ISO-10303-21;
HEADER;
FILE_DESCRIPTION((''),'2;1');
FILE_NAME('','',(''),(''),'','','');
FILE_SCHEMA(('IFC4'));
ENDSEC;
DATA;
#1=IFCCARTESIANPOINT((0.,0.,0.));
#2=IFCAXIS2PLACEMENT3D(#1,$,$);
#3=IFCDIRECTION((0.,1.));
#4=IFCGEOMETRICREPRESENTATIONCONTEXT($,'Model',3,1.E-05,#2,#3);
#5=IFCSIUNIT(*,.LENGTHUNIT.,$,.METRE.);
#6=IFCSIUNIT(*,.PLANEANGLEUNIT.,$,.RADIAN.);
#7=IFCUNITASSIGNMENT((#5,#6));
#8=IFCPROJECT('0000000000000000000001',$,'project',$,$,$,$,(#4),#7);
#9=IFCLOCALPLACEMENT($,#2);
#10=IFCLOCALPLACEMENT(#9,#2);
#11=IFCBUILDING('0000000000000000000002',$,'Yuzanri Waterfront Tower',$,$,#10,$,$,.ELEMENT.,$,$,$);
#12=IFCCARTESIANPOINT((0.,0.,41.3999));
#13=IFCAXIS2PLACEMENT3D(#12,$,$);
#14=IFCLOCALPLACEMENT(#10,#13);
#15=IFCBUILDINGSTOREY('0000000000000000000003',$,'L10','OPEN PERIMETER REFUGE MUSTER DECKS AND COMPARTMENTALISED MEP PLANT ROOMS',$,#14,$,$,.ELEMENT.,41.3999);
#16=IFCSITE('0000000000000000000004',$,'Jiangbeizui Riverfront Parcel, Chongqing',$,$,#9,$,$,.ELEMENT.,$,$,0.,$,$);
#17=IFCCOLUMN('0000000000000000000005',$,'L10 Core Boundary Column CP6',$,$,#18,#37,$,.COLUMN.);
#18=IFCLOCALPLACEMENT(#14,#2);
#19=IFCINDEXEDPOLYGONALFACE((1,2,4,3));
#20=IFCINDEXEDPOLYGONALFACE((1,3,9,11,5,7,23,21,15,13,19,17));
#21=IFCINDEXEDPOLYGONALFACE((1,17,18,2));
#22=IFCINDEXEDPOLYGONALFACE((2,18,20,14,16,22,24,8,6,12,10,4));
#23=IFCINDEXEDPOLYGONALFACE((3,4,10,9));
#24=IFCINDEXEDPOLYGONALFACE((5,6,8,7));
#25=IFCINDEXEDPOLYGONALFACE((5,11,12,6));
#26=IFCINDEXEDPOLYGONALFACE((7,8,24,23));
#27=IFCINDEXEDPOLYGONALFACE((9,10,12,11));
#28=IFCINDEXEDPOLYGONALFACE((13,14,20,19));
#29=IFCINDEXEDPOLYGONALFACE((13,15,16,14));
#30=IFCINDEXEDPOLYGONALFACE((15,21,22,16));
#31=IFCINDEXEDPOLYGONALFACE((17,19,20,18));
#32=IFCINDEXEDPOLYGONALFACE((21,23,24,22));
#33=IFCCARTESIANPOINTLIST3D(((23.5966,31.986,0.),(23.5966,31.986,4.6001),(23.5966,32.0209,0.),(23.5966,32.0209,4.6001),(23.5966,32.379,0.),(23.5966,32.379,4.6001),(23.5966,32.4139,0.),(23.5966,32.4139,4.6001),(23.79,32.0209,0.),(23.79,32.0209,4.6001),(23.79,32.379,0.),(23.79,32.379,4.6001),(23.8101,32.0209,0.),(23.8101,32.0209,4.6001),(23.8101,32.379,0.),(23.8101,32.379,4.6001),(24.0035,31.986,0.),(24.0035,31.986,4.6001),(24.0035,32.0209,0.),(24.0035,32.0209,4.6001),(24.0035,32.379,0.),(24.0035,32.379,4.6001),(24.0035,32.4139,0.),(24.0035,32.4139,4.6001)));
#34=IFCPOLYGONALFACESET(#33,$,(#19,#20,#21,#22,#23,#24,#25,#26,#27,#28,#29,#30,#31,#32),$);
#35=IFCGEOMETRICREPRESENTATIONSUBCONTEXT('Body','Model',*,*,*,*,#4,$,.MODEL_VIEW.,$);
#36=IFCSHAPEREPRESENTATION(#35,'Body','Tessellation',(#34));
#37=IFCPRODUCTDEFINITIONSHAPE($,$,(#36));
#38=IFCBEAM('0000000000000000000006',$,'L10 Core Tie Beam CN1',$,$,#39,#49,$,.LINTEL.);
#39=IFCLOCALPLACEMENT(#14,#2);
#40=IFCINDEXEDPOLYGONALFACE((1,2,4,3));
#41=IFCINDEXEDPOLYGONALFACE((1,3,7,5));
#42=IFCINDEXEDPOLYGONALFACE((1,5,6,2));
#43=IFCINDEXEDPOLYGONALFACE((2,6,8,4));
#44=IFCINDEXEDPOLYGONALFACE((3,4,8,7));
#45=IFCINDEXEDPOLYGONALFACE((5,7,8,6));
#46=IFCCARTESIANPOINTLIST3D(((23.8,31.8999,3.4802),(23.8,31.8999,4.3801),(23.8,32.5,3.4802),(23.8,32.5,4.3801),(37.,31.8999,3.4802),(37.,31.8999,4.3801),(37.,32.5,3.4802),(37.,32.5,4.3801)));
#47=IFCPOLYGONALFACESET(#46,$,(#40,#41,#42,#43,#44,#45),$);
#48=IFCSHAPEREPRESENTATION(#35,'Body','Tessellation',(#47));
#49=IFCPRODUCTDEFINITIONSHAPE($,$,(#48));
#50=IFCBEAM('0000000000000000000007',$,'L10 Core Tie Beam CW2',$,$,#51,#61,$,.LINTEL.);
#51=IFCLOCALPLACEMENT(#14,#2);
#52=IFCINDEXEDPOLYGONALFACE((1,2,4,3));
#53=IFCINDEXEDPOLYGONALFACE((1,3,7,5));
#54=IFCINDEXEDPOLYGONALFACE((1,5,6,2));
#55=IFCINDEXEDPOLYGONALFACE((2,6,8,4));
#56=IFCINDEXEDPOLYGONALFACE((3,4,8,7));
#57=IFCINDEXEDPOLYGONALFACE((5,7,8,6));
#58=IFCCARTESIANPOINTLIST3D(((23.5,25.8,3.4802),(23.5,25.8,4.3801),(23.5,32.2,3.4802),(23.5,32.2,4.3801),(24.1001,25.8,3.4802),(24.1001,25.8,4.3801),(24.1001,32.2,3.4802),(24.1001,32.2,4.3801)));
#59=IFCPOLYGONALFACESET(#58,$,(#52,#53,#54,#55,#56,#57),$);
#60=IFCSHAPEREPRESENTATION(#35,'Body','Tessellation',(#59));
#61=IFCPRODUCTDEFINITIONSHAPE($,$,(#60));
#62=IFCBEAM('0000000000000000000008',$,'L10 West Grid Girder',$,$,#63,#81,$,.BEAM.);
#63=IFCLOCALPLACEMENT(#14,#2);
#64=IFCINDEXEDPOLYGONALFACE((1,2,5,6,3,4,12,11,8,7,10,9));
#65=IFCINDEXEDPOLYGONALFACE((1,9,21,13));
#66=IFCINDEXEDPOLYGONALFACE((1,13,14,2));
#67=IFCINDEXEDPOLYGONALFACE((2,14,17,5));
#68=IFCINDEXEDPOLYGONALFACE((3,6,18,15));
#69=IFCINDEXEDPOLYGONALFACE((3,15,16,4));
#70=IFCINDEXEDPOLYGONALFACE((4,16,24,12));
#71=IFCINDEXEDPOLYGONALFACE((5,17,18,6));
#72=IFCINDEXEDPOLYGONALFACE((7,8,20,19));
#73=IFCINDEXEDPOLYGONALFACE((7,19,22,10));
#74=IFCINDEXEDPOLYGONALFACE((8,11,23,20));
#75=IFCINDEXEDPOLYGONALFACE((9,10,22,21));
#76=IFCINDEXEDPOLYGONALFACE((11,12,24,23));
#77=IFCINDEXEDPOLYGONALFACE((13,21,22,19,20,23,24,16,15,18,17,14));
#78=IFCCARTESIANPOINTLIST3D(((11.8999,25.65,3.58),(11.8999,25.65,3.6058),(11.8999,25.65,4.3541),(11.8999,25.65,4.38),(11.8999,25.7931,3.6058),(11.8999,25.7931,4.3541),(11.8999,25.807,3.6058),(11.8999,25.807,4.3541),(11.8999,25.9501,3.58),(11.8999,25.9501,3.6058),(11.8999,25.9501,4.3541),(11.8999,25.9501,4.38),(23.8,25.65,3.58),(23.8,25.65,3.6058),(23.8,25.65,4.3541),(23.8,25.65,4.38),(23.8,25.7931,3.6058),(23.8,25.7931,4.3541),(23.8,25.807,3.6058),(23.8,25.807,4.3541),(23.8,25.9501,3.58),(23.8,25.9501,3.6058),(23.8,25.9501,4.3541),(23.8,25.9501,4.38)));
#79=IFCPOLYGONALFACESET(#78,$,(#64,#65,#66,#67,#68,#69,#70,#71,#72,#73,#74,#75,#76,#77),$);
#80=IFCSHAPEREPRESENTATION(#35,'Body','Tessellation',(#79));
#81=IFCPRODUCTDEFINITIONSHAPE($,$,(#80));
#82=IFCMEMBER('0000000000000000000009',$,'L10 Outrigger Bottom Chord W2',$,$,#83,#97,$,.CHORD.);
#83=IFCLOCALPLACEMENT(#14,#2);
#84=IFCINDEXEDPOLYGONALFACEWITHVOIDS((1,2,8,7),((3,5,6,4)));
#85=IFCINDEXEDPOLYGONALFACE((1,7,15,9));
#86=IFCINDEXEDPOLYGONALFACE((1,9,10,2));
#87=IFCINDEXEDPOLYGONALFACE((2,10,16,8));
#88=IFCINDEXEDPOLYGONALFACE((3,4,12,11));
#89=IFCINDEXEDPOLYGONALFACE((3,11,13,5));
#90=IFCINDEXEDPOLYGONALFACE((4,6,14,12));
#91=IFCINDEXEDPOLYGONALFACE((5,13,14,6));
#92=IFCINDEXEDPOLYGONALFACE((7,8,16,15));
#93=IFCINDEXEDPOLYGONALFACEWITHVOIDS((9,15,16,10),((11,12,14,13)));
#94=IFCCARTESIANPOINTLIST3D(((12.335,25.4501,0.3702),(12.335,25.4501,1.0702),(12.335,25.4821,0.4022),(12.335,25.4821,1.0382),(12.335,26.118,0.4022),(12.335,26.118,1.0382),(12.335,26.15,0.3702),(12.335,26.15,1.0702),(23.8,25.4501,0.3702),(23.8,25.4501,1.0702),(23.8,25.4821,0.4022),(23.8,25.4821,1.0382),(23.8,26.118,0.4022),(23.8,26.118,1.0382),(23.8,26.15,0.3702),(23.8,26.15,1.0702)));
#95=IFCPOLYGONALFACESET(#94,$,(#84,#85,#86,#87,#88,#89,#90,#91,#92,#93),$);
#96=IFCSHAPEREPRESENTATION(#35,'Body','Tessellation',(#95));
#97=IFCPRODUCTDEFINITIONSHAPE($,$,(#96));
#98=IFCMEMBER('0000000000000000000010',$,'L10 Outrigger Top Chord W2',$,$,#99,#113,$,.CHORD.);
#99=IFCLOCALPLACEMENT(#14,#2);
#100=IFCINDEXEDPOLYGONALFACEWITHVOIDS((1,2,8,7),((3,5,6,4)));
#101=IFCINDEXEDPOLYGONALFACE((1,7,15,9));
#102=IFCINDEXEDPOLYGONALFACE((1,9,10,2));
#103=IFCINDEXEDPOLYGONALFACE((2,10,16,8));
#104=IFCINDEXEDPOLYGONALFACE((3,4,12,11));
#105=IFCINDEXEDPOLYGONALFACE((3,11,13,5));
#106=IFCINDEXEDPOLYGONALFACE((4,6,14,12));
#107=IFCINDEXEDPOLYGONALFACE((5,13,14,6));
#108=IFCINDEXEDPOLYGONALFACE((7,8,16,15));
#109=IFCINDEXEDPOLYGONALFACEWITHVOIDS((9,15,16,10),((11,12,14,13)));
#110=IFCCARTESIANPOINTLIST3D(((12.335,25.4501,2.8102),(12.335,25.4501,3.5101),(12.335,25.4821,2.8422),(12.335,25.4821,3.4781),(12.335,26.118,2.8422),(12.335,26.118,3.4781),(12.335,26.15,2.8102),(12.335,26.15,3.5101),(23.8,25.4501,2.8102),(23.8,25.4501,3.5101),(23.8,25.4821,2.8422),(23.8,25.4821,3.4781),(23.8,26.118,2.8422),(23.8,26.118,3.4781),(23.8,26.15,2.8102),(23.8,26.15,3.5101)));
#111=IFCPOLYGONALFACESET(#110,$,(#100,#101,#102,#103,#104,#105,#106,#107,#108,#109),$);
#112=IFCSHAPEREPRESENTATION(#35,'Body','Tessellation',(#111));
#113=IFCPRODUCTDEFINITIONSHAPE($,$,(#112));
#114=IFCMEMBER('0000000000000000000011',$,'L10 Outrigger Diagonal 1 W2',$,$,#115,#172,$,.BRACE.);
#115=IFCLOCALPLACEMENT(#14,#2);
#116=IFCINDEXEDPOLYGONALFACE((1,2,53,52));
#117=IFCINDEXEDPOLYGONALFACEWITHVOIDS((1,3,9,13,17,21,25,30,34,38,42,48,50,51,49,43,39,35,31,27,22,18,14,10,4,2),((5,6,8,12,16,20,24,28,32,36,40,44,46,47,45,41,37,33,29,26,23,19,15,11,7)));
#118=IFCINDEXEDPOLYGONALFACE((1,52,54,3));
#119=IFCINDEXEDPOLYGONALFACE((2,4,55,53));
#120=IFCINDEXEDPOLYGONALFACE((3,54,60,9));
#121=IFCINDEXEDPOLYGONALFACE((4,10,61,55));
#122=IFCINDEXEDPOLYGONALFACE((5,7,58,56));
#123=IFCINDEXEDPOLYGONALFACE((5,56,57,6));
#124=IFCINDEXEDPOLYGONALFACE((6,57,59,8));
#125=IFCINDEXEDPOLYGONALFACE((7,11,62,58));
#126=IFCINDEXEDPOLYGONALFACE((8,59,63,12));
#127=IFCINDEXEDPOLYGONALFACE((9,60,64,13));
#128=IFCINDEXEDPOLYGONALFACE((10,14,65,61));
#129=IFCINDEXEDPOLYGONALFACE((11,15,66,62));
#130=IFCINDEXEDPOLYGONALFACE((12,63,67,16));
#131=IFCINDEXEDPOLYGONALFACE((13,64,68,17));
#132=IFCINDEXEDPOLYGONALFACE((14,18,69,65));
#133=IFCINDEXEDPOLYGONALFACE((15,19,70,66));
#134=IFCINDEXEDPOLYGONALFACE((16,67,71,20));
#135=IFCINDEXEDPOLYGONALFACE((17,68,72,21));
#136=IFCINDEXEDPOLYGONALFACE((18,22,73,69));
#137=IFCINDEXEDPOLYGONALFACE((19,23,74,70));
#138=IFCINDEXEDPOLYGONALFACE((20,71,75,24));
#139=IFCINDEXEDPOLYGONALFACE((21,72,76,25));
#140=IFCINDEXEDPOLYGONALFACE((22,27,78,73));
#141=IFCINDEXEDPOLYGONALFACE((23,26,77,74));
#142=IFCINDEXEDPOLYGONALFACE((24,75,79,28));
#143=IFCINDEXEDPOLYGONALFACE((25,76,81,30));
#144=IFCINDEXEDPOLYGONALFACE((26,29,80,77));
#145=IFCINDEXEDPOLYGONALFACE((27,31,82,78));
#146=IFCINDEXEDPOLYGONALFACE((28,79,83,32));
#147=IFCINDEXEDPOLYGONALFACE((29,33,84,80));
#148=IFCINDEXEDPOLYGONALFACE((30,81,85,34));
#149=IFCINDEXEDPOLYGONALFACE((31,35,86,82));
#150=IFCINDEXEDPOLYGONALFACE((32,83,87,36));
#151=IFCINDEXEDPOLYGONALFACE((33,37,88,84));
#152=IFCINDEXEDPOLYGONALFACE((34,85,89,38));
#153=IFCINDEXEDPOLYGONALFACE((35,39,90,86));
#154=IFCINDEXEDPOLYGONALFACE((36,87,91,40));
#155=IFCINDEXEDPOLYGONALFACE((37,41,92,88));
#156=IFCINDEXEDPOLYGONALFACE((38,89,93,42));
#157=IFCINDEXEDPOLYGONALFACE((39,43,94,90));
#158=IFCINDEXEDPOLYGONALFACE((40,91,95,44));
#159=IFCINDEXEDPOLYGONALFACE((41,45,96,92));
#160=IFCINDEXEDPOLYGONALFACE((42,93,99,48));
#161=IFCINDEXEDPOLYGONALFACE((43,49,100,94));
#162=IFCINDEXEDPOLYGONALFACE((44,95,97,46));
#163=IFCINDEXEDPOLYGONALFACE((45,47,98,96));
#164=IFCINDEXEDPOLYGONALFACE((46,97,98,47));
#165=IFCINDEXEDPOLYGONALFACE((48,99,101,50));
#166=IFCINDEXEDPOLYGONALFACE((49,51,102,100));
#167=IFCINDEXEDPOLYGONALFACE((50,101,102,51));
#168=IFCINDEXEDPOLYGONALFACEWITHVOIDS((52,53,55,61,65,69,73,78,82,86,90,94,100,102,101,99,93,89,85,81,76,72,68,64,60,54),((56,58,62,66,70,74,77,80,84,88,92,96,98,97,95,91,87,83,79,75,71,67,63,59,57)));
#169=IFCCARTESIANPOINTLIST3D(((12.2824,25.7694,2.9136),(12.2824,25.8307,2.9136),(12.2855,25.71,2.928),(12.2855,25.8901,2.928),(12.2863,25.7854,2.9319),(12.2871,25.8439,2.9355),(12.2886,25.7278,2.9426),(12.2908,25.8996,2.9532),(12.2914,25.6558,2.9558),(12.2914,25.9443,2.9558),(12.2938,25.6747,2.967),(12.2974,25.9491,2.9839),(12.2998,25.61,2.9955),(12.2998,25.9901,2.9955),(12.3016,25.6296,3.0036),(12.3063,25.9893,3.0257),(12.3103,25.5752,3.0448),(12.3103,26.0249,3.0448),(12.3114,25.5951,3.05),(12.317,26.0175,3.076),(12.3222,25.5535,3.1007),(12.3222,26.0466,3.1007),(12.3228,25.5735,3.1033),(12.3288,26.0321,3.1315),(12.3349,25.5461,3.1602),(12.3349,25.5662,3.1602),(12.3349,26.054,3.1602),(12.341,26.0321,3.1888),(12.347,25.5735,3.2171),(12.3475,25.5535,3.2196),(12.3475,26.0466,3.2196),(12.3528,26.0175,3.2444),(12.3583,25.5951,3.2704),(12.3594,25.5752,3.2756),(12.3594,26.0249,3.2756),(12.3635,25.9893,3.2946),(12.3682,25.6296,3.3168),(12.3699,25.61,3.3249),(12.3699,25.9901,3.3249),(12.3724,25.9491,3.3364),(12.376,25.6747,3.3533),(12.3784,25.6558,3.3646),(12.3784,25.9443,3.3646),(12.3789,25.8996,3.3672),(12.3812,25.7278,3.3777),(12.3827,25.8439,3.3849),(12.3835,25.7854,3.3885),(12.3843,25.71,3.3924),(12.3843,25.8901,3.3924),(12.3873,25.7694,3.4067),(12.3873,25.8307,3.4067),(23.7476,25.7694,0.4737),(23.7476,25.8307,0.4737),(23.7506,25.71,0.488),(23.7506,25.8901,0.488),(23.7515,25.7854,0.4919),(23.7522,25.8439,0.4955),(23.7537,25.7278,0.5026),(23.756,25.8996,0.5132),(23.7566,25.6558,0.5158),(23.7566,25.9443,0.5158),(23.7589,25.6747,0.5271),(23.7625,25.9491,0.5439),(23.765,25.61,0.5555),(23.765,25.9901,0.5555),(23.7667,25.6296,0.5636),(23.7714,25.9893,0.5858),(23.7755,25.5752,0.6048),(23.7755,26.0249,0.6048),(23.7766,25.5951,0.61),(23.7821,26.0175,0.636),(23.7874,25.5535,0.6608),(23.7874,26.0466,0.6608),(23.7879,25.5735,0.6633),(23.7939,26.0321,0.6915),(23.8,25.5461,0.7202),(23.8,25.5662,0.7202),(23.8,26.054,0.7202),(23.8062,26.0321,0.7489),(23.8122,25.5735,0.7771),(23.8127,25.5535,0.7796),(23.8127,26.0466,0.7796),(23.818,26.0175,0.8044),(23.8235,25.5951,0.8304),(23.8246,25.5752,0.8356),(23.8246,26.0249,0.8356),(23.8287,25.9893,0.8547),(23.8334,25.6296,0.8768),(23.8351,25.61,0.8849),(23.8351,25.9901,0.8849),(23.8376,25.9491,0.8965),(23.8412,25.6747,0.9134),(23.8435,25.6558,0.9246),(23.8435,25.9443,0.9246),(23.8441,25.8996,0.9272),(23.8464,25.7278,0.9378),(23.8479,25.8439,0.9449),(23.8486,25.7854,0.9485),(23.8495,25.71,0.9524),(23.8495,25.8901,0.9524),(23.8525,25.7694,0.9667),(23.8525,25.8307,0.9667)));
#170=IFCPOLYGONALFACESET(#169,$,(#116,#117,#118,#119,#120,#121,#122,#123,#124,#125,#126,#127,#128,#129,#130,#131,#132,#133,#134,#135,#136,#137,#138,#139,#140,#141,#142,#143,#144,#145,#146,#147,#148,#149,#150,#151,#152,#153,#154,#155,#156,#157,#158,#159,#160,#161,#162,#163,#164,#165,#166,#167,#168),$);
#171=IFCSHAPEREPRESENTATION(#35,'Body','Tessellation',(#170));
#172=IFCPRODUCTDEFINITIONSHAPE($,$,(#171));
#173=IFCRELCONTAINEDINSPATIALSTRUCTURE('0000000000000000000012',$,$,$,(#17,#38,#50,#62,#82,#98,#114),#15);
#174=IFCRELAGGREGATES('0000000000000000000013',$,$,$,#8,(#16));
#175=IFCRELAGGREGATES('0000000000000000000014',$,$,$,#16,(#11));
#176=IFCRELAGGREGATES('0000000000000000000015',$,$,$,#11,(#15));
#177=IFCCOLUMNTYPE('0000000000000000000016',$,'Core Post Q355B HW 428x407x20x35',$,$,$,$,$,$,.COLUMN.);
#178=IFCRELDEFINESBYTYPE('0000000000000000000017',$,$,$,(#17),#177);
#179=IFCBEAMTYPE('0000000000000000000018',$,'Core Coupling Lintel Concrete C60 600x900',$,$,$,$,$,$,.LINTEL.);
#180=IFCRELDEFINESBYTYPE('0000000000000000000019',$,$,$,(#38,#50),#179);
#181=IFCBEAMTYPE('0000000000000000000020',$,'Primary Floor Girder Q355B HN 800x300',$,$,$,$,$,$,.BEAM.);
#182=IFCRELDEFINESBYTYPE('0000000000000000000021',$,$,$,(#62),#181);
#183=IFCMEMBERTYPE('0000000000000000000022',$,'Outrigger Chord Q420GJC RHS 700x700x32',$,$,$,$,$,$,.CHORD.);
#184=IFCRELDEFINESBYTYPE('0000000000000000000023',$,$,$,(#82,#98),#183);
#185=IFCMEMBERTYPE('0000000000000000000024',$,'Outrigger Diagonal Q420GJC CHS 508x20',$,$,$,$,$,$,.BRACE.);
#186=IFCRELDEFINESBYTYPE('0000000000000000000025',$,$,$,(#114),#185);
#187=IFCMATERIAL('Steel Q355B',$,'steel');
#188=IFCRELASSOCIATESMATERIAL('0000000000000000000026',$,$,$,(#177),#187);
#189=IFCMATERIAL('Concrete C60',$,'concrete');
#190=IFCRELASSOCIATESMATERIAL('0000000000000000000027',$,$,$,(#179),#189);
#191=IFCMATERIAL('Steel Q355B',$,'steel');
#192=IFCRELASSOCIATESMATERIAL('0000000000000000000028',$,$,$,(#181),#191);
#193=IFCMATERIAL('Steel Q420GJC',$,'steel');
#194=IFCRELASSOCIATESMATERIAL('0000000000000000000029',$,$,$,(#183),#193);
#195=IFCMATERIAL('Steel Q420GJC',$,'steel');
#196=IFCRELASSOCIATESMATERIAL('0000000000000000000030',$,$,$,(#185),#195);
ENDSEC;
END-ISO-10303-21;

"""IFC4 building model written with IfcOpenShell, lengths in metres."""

from ifc_helpers import new_model, si_unit, direction, frame, origin, origin_2d, place, context, subcontext, project, spatial, rectangle, hollow_rectangle, hollow_circle, i_section, extrude, source, transform, mapped, material, material_profile, profile_set, type_object, element, save


model = new_model("IFC4")

# Units and contexts
model_context = context("Model", 3, precision=1e-05, world=origin(), true_north=direction((0.0, 1.0)))
body_context = subcontext(model_context, "Body", "Model", "MODEL_VIEW")
ifc_project = project(units=[si_unit("LENGTHUNIT", "METRE"), si_unit("PLANEANGLEUNIT", "RADIAN")], contexts=[model_context])

# Site, building, storey
site_placement = place(None, origin())
site = spatial("IfcSite", under=ifc_project, at=site_placement, Name="Jiangbeizui Riverfront Parcel, Chongqing", CompositionType="ELEMENT", RefElevation=0.0)
building_placement = place(site_placement, origin())
building = spatial("IfcBuilding", under=site, at=building_placement, Name="Yuzanri Waterfront Tower", CompositionType="ELEMENT")
storey_placement = place(building_placement, frame((0.0, 0.0, 41.3999)))
storey = spatial("IfcBuildingStorey", under=building, at=storey_placement, Name="L10", Description="OPEN PERIMETER REFUGE MUSTER DECKS AND COMPARTMENTALISED MEP PLANT ROOMS", CompositionType="ELEMENT", Elevation=41.3999)

# Column
ifc_material_1 = material(Name="Steel Q355B", Category="steel")
ifc_material_profile_1 = material_profile(ifc_material_1, i_section(OverallWidth=0.407, OverallDepth=0.428, WebThickness=0.02, FlangeThickness=0.0349, at=origin_2d()), Name="HW 428x407x20x35")
ifc_profile_set_1 = profile_set([ifc_material_profile_1], Name="Steel Q355B")
column_type = type_object("IfcColumnType", Name="Core Post Q355B HW 428x407x20x35", PredefinedType="COLUMN", material=ifc_profile_set_1)
shared_shape_1 = source(origin(), body_context, "Body", "SweptSolid", [
    extrude(i_section(OverallWidth=0.407, OverallDepth=0.428, WebThickness=0.02, FlangeThickness=0.0349, at=origin_2d()), origin(), (0.0, 0.0, 1.0), 4.6001),
])
column_placement = place(storey_placement, frame((23.8, 32.2, 0.0), z_axis=(0.0, 0.0, 1.0), x_axis=(1.0, 0.0, 0.0)))
element("IfcColumn", 1, at=column_placement, inside=storey, type_object=column_type, Name="L10 Core Boundary Column CP6", PredefinedType="COLUMN", context=body_context, shape_type="MappedRepresentation", body=[
    mapped(shared_shape_1, transform((0.0, 0.0, 0.0), scale=1.0)),
])

# Beams
ifc_material_2 = material(Name="Concrete C60", Category="concrete")
ifc_material_profile_2 = material_profile(ifc_material_2, rectangle(XDim=0.6001, YDim=0.8999, at=origin_2d()), Name="RC 600x900")
ifc_profile_set_2 = profile_set([ifc_material_profile_2], Name="Concrete C60")
beam_type_1 = type_object("IfcBeamType", Name="Core Coupling Lintel Concrete C60 600x900", PredefinedType="LINTEL", material=ifc_profile_set_2)
shared_shape_2 = source(origin(), body_context, "Body", "SweptSolid", [
    extrude(rectangle(XDim=0.6001, YDim=0.8999, at=origin_2d()), origin(), (0.0, 0.0, 1.0), 13.2),
])
beam_1_placement = place(storey_placement, frame((23.8, 32.2, 3.9302), z_axis=(1.0, 0.0, 0.0), x_axis=(0.0, 1.0, 0.0)))
element("IfcBeam", 2, at=beam_1_placement, inside=storey, type_object=beam_type_1, Name="L10 Core Tie Beam CN1", PredefinedType="LINTEL", context=body_context, shape_type="MappedRepresentation", body=[
    mapped(shared_shape_2, transform((0.0, 0.0, 0.0), scale=1.0)),
])
shared_shape_3 = source(origin(), body_context, "Body", "SweptSolid", [
    extrude(rectangle(XDim=0.6001, YDim=0.8999, at=origin_2d()), origin(), (0.0, 0.0, 1.0), 6.3999),
])
beam_2_placement = place(storey_placement, frame((23.8, 25.8, 3.9302), z_axis=(0.0, 1.0, 0.0), x_axis=(-1.0, 0.0, 0.0)))
element("IfcBeam", 3, at=beam_2_placement, inside=storey, type_object=beam_type_1, Name="L10 Core Tie Beam CW2", PredefinedType="LINTEL", context=body_context, shape_type="MappedRepresentation", body=[
    mapped(shared_shape_3, transform((0.0, 0.0, 0.0), scale=1.0)),
])
ifc_material_3 = material(Name="Steel Q355B", Category="steel")
ifc_material_profile_3 = material_profile(ifc_material_3, i_section(OverallWidth=0.3, OverallDepth=0.8, WebThickness=0.0139, FlangeThickness=0.0259, at=origin_2d()), Name="HN 800x300x14x26")
ifc_profile_set_3 = profile_set([ifc_material_profile_3], Name="Steel Q355B")
beam_type_2 = type_object("IfcBeamType", Name="Primary Floor Girder Q355B HN 800x300", PredefinedType="BEAM", material=ifc_profile_set_3)
shared_shape_4 = source(origin(), body_context, "Body", "SweptSolid", [
    extrude(i_section(OverallWidth=0.3, OverallDepth=0.8, WebThickness=0.0139, FlangeThickness=0.0259, at=origin_2d()), origin(), (0.0, 0.0, 1.0), 11.9001),
])
beam_3_placement = place(storey_placement, frame((23.8, 25.8, 3.98), z_axis=(-1.0, 0.0, 0.0), x_axis=(0.0, -1.0, 0.0)))
element("IfcBeam", 4, at=beam_3_placement, inside=storey, type_object=beam_type_2, Name="L10 West Grid Girder", PredefinedType="BEAM", context=body_context, shape_type="MappedRepresentation", body=[
    mapped(shared_shape_4, transform((0.0, 0.0, 0.0), scale=1.0)),
])

# Members
ifc_material_4 = material(Name="Steel Q420GJC", Category="steel")
ifc_material_profile_4 = material_profile(ifc_material_4, hollow_rectangle(XDim=0.7, YDim=0.7, WallThickness=0.032, at=origin_2d()), Name="RHS 700x700x32")
ifc_profile_set_4 = profile_set([ifc_material_profile_4], Name="Steel Q420GJC")
member_type_1 = type_object("IfcMemberType", Name="Outrigger Chord Q420GJC RHS 700x700x32", PredefinedType="CHORD", material=ifc_profile_set_4)
shared_shape_5 = source(origin(), body_context, "Body", "SweptSolid", [
    extrude(hollow_rectangle(XDim=0.7, YDim=0.7, WallThickness=0.032, at=origin_2d()), origin(), (0.0, 0.0, 1.0), 11.4651),
])
for number, where, z_axis, x_axis, name in (
    (5, (23.8, 25.8, 0.7202), (-1.0, 0.0, 0.0), (0.0, -1.0, 0.0), "L10 Outrigger Bottom Chord W2"),
    (6, (23.8, 25.8, 3.1602), (-1.0, 0.0, 0.0), (0.0, -1.0, 0.0), "L10 Outrigger Top Chord W2"),
):
    element("IfcMember", number, at=place(storey_placement, frame(where, z_axis=z_axis, x_axis=x_axis)), inside=storey, type_object=member_type_1, Name=name, PredefinedType="CHORD", context=body_context, shape_type="MappedRepresentation", body=[
        mapped(shared_shape_5, transform((0.0, 0.0, 0.0), scale=1.0)),
    ])
ifc_material_5 = material(Name="Steel Q420GJC", Category="steel")
ifc_material_profile_5 = material_profile(ifc_material_5, hollow_circle(Radius=0.2539, WallThickness=0.02, at=origin_2d()), Name="CHS 508x20")
ifc_profile_set_5 = profile_set([ifc_material_profile_5], Name="Steel Q420GJC")
member_type_2 = type_object("IfcMemberType", Name="Outrigger Diagonal Q420GJC CHS 508x20", PredefinedType="BRACE", material=ifc_profile_set_5)
shared_shape_6 = source(origin(), body_context, "Body", "SweptSolid", [
    extrude(hollow_circle(Radius=0.2539, WallThickness=0.02, at=origin_2d()), origin(), (0.0, 0.0, 1.0), 11.7219),
])
for number, where, z_axis, x_axis, name in (
    (7, (23.8, 25.8, 0.7202), (-0.978096, 0.0, 0.208153), (0.0, -1.0, 0.0), "L10 Outrigger Diagonal 1 W2"),
):
    element("IfcMember", number, at=place(storey_placement, frame(where, z_axis=z_axis, x_axis=x_axis)), inside=storey, type_object=member_type_2, Name=name, PredefinedType="BRACE", context=body_context, shape_type="MappedRepresentation", body=[
        mapped(shared_shape_6, transform((0.0, 0.0, 0.0), scale=1.0)),
    ])

save(model, "model.ifc")
